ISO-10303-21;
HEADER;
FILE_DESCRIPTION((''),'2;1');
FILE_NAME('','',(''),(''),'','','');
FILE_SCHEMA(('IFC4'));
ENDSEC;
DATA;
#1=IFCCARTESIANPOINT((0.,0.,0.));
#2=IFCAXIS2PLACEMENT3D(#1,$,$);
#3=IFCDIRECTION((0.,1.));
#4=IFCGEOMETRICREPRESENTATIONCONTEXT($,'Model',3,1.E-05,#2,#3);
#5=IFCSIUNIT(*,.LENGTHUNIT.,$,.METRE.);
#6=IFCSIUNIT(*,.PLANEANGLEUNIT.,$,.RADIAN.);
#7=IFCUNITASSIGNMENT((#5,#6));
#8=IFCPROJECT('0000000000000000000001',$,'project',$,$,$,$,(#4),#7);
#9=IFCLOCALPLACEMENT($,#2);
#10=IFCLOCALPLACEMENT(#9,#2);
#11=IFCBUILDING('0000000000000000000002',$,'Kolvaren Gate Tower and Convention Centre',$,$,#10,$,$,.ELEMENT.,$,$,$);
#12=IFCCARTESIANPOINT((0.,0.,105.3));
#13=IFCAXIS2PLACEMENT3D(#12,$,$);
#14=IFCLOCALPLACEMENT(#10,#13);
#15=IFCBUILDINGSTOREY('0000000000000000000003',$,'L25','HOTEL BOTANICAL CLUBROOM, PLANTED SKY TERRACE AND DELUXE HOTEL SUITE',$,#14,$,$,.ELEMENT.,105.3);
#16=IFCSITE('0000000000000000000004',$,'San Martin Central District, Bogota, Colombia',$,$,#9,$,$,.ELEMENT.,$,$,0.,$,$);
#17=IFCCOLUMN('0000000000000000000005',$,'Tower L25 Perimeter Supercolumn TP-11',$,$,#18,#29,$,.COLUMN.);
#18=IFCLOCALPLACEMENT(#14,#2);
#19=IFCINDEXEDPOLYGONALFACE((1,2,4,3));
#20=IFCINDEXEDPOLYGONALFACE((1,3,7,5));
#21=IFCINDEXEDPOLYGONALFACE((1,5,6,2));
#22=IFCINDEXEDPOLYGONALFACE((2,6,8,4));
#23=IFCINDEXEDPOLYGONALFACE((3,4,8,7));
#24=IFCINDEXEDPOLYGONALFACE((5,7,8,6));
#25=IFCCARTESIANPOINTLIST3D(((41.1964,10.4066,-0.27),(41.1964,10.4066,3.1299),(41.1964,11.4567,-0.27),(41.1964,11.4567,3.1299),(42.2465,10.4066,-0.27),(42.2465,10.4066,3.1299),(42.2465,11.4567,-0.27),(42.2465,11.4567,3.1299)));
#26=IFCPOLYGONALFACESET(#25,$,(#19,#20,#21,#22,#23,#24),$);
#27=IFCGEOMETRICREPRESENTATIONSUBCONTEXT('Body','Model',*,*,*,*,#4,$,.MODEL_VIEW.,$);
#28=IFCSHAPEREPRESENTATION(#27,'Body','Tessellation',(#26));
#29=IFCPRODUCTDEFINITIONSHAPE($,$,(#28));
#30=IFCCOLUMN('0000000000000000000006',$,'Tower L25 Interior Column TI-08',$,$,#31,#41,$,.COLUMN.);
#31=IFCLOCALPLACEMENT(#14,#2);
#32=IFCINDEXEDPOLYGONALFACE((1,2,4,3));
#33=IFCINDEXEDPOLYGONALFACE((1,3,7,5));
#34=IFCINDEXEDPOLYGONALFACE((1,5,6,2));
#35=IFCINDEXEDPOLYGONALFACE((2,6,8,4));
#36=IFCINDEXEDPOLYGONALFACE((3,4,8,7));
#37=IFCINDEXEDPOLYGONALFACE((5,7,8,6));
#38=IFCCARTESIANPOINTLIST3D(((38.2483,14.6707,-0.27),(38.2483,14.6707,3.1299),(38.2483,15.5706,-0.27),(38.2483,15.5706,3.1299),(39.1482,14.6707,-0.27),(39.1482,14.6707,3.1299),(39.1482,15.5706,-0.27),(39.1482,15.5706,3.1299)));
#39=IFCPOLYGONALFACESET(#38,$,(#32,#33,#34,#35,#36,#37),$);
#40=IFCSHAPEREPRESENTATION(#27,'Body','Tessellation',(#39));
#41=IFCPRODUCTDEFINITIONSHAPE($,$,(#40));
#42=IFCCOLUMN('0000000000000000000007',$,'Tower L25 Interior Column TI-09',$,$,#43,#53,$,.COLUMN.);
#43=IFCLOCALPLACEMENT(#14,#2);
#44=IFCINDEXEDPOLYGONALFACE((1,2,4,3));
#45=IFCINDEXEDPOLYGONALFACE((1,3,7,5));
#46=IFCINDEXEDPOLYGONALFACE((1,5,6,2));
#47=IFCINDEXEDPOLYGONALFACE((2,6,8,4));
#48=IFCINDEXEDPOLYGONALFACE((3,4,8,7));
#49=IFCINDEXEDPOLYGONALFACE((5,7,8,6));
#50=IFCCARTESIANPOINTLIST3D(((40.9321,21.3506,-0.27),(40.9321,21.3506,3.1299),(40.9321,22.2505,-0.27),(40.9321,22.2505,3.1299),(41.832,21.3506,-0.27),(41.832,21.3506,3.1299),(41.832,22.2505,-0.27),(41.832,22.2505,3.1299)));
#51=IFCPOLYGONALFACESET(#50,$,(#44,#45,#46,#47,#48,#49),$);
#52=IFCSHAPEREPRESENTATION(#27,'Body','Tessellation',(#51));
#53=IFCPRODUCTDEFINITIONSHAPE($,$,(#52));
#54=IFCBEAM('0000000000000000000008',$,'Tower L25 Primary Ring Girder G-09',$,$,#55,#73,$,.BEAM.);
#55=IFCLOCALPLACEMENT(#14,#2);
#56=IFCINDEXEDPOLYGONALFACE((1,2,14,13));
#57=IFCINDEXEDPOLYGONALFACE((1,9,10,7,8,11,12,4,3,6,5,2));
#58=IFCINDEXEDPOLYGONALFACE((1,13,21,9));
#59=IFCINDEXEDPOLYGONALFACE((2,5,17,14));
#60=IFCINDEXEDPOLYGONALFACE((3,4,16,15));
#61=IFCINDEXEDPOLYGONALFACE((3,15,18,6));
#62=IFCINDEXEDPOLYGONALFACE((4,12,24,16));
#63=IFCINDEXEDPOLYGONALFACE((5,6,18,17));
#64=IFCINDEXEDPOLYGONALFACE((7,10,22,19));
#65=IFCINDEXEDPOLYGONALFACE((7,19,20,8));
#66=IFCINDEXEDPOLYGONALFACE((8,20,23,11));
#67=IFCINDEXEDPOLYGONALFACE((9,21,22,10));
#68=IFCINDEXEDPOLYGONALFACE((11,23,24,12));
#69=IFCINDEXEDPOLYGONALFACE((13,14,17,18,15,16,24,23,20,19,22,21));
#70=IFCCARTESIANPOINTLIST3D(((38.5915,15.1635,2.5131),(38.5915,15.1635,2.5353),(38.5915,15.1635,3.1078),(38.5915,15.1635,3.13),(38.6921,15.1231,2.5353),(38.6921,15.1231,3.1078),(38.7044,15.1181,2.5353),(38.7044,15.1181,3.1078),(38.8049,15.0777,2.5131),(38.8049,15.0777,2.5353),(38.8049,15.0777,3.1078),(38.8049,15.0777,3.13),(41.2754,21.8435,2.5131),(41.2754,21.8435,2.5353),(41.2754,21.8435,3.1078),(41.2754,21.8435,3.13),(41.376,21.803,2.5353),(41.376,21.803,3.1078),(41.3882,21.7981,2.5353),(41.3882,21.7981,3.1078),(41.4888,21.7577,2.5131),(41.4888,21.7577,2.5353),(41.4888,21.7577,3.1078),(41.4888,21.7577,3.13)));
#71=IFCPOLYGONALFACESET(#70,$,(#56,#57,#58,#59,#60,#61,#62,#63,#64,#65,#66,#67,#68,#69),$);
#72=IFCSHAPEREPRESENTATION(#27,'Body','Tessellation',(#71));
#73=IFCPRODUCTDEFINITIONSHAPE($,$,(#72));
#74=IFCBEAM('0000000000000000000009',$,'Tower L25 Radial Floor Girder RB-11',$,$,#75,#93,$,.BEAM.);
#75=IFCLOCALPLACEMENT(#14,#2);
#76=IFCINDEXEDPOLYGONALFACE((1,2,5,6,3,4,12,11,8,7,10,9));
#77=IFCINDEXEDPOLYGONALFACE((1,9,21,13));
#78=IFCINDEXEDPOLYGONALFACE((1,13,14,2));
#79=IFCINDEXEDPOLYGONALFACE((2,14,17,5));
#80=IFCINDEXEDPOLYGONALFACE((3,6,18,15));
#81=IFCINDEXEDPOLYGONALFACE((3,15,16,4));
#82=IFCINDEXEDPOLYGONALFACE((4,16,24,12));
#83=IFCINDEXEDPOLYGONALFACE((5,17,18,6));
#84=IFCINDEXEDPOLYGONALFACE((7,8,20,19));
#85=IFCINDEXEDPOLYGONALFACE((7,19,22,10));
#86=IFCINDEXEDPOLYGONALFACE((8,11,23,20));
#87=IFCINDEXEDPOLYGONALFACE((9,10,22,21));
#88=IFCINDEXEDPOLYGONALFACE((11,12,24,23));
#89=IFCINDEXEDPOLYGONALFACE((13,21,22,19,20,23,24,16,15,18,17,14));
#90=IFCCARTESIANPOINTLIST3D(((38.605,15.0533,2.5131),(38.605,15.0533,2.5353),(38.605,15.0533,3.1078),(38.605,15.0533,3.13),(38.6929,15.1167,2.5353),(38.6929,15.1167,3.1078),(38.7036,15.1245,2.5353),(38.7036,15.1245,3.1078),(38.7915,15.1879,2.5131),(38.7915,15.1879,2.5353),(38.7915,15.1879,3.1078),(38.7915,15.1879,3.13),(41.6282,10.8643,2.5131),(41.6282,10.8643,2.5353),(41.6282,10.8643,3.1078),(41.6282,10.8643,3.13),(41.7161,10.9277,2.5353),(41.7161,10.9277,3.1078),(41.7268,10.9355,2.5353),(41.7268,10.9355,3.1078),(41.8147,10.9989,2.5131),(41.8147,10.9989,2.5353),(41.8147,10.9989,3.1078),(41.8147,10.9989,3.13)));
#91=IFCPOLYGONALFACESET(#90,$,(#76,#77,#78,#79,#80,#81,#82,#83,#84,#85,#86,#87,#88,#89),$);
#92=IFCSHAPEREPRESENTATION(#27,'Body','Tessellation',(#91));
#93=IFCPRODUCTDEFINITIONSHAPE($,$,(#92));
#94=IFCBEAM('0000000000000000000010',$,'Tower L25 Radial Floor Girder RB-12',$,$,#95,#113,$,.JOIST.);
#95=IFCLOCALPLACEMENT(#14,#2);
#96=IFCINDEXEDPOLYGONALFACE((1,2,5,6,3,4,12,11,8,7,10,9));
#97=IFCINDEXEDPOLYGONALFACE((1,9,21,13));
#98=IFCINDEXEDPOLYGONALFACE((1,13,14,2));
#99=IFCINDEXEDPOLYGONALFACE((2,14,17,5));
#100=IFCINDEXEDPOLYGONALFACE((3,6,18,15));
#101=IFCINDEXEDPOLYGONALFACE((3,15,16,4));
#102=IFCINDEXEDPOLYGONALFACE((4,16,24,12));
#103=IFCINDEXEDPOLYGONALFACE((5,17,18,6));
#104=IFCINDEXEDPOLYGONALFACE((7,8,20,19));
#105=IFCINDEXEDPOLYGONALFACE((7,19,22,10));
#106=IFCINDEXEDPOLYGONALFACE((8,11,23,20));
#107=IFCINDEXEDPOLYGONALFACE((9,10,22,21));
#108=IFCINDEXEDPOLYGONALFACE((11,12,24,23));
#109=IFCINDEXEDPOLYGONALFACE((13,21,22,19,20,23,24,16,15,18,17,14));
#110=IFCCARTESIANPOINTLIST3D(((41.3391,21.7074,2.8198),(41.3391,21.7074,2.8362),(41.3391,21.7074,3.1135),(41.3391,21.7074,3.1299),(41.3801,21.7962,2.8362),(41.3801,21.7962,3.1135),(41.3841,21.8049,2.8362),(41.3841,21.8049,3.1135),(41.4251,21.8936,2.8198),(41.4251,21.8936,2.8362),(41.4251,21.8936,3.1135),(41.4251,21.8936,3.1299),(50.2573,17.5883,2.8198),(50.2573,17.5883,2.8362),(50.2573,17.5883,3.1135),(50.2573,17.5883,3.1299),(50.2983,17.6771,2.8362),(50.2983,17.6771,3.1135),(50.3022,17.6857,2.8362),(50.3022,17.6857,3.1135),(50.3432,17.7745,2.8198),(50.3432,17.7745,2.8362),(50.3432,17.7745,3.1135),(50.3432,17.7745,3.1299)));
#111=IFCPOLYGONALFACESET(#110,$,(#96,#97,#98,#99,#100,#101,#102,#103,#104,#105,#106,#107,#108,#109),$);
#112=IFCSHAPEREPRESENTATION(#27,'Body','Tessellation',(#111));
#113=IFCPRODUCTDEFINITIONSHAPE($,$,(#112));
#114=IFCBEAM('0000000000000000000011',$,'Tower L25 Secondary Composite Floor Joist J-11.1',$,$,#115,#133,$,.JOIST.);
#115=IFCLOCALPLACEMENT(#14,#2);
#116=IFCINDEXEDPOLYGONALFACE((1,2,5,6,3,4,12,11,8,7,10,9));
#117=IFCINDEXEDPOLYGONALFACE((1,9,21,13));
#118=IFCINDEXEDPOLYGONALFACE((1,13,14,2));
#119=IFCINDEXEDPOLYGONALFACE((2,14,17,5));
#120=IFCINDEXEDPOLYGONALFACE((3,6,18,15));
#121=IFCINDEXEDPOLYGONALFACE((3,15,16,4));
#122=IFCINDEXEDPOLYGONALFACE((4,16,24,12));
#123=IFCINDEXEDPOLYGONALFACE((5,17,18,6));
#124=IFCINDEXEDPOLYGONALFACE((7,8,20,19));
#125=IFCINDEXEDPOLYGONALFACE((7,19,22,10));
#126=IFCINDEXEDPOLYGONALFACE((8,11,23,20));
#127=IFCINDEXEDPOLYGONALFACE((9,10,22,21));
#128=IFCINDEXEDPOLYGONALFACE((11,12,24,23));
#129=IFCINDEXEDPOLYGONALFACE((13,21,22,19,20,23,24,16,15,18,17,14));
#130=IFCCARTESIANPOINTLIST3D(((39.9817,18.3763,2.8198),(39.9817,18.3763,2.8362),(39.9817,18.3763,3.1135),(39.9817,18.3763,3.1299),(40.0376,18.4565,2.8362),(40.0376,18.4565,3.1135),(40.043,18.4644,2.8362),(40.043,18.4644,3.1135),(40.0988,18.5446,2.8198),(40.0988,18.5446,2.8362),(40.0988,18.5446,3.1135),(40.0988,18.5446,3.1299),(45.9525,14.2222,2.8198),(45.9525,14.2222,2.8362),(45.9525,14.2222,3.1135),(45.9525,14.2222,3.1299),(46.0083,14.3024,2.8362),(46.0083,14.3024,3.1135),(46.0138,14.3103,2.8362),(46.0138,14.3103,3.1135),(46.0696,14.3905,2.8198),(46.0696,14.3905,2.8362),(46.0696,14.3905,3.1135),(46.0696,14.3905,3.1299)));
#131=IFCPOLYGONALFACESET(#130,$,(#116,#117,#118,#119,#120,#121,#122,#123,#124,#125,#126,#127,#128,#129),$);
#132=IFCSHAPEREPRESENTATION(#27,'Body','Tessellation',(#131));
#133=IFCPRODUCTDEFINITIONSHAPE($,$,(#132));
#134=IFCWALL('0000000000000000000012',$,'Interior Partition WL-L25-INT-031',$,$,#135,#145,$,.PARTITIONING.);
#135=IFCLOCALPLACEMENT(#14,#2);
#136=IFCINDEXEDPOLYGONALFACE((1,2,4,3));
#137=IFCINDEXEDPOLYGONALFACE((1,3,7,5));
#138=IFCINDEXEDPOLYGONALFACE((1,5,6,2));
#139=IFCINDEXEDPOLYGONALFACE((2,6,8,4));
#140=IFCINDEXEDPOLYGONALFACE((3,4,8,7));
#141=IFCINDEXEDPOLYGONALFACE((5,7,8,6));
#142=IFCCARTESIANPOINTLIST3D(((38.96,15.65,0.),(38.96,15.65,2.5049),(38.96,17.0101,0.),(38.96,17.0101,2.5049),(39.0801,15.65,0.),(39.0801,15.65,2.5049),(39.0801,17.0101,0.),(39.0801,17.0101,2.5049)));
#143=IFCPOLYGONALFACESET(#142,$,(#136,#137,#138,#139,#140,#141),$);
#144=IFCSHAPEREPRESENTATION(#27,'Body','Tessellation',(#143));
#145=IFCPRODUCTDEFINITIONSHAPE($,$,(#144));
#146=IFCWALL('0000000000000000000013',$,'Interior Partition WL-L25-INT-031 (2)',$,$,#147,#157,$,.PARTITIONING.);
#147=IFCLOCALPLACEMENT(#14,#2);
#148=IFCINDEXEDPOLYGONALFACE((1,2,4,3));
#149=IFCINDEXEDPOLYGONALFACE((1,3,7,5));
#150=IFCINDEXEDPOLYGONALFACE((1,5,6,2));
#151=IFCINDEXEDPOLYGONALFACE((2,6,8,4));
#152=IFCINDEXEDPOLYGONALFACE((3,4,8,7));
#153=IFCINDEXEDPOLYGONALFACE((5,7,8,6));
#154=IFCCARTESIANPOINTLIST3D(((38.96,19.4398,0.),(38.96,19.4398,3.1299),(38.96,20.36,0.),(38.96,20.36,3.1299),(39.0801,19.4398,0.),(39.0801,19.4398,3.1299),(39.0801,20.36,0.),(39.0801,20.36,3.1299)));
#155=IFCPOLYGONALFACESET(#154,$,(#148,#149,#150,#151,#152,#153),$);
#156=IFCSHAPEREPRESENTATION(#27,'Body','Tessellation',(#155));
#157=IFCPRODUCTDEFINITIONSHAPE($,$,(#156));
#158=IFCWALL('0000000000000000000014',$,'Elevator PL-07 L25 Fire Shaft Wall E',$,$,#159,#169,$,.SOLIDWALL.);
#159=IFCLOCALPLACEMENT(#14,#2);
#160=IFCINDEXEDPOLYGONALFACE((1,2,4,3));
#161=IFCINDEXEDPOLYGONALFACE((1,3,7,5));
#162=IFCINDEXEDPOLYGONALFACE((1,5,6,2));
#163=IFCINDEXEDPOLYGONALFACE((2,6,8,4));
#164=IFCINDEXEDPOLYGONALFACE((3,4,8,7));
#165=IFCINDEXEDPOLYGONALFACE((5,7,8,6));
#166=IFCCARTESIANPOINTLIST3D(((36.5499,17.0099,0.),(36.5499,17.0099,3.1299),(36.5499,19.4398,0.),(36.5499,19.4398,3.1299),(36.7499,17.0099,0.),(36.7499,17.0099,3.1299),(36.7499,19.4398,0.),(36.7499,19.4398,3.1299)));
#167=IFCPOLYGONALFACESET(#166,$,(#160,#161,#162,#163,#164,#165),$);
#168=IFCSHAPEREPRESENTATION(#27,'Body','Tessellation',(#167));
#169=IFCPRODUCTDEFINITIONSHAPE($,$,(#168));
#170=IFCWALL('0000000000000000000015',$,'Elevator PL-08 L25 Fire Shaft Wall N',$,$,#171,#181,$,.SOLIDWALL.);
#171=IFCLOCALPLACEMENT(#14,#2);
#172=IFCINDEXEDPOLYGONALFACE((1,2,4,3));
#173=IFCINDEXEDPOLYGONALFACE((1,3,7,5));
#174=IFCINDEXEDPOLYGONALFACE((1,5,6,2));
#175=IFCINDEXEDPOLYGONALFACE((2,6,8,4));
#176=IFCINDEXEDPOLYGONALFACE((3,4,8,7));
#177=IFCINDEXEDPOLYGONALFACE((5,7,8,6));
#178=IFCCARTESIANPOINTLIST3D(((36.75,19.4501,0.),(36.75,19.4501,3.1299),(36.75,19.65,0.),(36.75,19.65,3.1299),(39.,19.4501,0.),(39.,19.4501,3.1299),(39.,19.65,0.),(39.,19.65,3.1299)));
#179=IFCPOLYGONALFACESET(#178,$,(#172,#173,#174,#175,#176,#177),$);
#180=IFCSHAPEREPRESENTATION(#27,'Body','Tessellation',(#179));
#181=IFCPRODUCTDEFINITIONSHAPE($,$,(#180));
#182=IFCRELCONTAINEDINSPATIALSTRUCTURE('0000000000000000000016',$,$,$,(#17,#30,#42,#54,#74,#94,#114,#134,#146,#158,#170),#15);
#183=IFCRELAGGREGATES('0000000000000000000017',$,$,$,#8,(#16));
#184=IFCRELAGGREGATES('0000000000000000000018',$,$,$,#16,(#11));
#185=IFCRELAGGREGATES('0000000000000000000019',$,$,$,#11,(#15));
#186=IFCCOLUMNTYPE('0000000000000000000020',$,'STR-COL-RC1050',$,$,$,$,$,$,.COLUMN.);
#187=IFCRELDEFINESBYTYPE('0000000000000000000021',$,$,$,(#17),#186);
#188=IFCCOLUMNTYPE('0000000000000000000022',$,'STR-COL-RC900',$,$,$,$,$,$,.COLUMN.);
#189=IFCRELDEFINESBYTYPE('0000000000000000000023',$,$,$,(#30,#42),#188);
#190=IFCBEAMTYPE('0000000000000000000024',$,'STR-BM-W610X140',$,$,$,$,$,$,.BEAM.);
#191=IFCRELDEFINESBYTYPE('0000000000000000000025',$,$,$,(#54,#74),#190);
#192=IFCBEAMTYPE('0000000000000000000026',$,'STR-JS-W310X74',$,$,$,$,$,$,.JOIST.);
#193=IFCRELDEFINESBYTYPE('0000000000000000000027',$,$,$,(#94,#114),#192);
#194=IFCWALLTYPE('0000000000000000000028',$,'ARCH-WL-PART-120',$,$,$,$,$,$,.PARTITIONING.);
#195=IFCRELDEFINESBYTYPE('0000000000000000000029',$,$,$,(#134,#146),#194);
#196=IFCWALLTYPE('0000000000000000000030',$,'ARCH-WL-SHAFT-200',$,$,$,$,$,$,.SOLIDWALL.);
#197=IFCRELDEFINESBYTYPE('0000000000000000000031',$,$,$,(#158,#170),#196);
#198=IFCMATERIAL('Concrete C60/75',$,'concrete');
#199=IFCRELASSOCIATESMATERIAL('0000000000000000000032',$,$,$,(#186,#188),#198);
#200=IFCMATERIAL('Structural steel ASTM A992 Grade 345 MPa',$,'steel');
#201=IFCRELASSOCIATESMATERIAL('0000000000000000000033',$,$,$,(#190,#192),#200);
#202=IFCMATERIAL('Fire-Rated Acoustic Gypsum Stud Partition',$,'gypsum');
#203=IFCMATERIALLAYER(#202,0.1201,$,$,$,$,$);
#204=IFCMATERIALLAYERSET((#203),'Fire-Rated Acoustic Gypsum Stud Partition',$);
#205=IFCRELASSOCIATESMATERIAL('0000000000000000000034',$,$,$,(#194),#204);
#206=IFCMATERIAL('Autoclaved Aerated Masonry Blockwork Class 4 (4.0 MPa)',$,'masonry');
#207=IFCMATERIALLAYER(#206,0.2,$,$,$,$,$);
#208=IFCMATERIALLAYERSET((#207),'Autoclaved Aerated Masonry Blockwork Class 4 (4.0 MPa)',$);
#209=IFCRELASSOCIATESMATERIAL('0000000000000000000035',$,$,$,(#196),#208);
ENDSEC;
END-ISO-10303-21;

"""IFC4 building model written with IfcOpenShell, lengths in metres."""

from ifc_helpers import new_model, si_unit, direction, frame, frame_2d, origin, origin_2d, place, context, subcontext, project, spatial, rectangle, i_section, extrude, material, layer, layer_set, material_profile, profile_set, type_object, element, save


model = new_model("IFC4")

# Units and contexts
model_context = context("Model", 3, precision=1e-05, world=origin(), true_north=direction((0.0, 1.0)))
body_context = subcontext(model_context, "Body", "Model", "MODEL_VIEW")
ifc_project = project(units=[si_unit("LENGTHUNIT", "METRE"), si_unit("PLANEANGLEUNIT", "RADIAN")], contexts=[model_context])

# Site, building, storey
site_placement = place(None, origin())
site = spatial("IfcSite", under=ifc_project, at=site_placement, Name="San Martin Central District, Bogota, Colombia", CompositionType="ELEMENT", RefElevation=0.0)
building_placement = place(site_placement, origin())
building = spatial("IfcBuilding", under=site, at=building_placement, Name="Kolvaren Gate Tower and Convention Centre", CompositionType="ELEMENT")
storey_placement = place(building_placement, frame((0.0, 0.0, 105.3)))
storey = spatial("IfcBuildingStorey", under=building, at=storey_placement, Name="L25", Description="HOTEL BOTANICAL CLUBROOM, PLANTED SKY TERRACE AND DELUXE HOTEL SUITE", CompositionType="ELEMENT", Elevation=105.3)

# Columns
ifc_material_1 = material(Name="Concrete C60/75", Category="concrete")
ifc_material_profile_1 = material_profile(ifc_material_1, rectangle(XDim=1.05, YDim=1.05, at=origin_2d()), Name="RC-COL-1050X1050")
ifc_profile_set_1 = profile_set([ifc_material_profile_1], Name="Concrete C60/75")
column_type_1 = type_object("IfcColumnType", Name="STR-COL-RC1050", PredefinedType="COLUMN", material=ifc_profile_set_1)
column_placement = place(storey_placement, frame((41.7214, 10.9316, -0.27), z_axis=(0.0, 0.0, 1.0), x_axis=(1.0, 0.0, 0.0)))
element("IfcColumn", 1, at=column_placement, inside=storey, type_object=column_type_1, Name="Tower L25 Perimeter Supercolumn TP-11", PredefinedType="COLUMN", context=body_context, shape_type="SweptSolid", body=[
    extrude(rectangle(XDim=1.05, YDim=1.05, at=origin_2d()), origin(), (0.0, 0.0, 1.0), 3.3999),
])
ifc_material_profile_2 = material_profile(ifc_material_1, rectangle(XDim=0.8999, YDim=0.8999, at=origin_2d()), Name="RC-COL-900X900")
ifc_profile_set_2 = profile_set([ifc_material_profile_2], Name="Concrete C60/75")
column_type_2 = type_object("IfcColumnType", Name="STR-COL-RC900", PredefinedType="COLUMN", material=ifc_profile_set_2)
for number, where, z_axis, x_axis, name in (
    (2, (38.6982, 15.1206, -0.27), (0.0, 0.0, 1.0), (1.0, 0.0, 0.0), "Tower L25 Interior Column TI-08"),
    (3, (41.3821, 21.8005, -0.27), (0.0, 0.0, 1.0), (1.0, 0.0, 0.0), "Tower L25 Interior Column TI-09"),
):
    element("IfcColumn", number, at=place(storey_placement, frame(where, z_axis=z_axis, x_axis=x_axis)), inside=storey, type_object=column_type_2, Name=name, PredefinedType="COLUMN", context=body_context, shape_type="SweptSolid", body=[
        extrude(rectangle(XDim=0.8999, YDim=0.8999, at=origin_2d()), origin(), (0.0, 0.0, 1.0), 3.3999),
    ])

# Beams
ifc_material_2 = material(Name="Structural steel ASTM A992 Grade 345 MPa", Category="steel")
ifc_material_profile_3 = material_profile(ifc_material_2, i_section(OverallWidth=0.23, OverallDepth=0.6169, WebThickness=0.0132, FlangeThickness=0.0222, at=origin_2d()), Name="W610X140")
ifc_profile_set_3 = profile_set([ifc_material_profile_3], Name="Structural steel ASTM A992 Grade 345 MPa")
beam_type_1 = type_object("IfcBeamType", Name="STR-BM-W610X140", PredefinedType="BEAM", material=ifc_profile_set_3)
beam_1_placement = place(storey_placement, frame((38.6982, 15.1206, 2.8215), z_axis=(0.372811, 0.927907, 0.0), x_axis=(-0.927907, 0.372811, 0.0)))
element("IfcBeam", 4, at=beam_1_placement, inside=storey, type_object=beam_type_1, Name="Tower L25 Primary Ring Girder G-09", PredefinedType="BEAM", context=body_context, shape_type="SweptSolid", body=[
    extrude(i_section(OverallWidth=0.23, OverallDepth=0.6169, WebThickness=0.0132, FlangeThickness=0.0222, at=origin_2d()), origin(), (0.0, 0.0, 1.0), 7.199),
])
beam_2_placement = place(storey_placement, frame((38.6982, 15.1206, 2.8215), z_axis=(0.585214, -0.810879, 0.0), x_axis=(0.810879, 0.585214, 0.0)))
element("IfcBeam", 5, at=beam_2_placement, inside=storey, type_object=beam_type_1, Name="Tower L25 Radial Floor Girder RB-11", PredefinedType="BEAM", context=body_context, shape_type="SweptSolid", body=[
    extrude(i_section(OverallWidth=0.23, OverallDepth=0.6169, WebThickness=0.0132, FlangeThickness=0.0222, at=origin_2d()), origin(), (0.0, 0.0, 1.0), 5.166),
])
ifc_material_profile_4 = material_profile(ifc_material_2, i_section(OverallWidth=0.2051, OverallDepth=0.3101, WebThickness=0.0095, FlangeThickness=0.0164, at=origin_2d()), Name="W310X74")
ifc_profile_set_4 = profile_set([ifc_material_profile_4], Name="Structural steel ASTM A992 Grade 345 MPa")
beam_type_2 = type_object("IfcBeamType", Name="STR-JS-W310X74", PredefinedType="JOIST", material=ifc_profile_set_4)
beam_3_placement = place(storey_placement, frame((41.3821, 21.8005, 2.9749), z_axis=(0.907842, -0.419313, 0.0), x_axis=(0.419313, 0.907842, 0.0)))
element("IfcBeam", 6, at=beam_3_placement, inside=storey, type_object=beam_type_2, Name="Tower L25 Radial Floor Girder RB-12", PredefinedType="JOIST", context=body_context, shape_type="SweptSolid", body=[
    extrude(i_section(OverallWidth=0.2051, OverallDepth=0.3101, WebThickness=0.0095, FlangeThickness=0.0164, at=origin_2d()), origin(), (0.0, 0.0, 1.0), 9.8235),
])
beam_4_placement = place(storey_placement, frame((40.0403, 18.4604, 2.9749), z_axis=(0.820872, -0.571113, 0.0), x_axis=(0.571113, 0.820872, 0.0)))
element("IfcBeam", 7, at=beam_4_placement, inside=storey, type_object=beam_type_2, Name="Tower L25 Secondary Composite Floor Joist J-11.1", PredefinedType="JOIST", context=body_context, shape_type="SweptSolid", body=[
    extrude(i_section(OverallWidth=0.2051, OverallDepth=0.3101, WebThickness=0.0095, FlangeThickness=0.0164, at=origin_2d()), origin(), (0.0, 0.0, 1.0), 7.2737),
])

# Walls
ifc_material_3 = material(Name="Fire-Rated Acoustic Gypsum Stud Partition", Category="gypsum")
ifc_layer_1 = layer(ifc_material_3, 0.1201)
ifc_layer_set_1 = layer_set([ifc_layer_1], Name="Fire-Rated Acoustic Gypsum Stud Partition")
wall_type_1 = type_object("IfcWallType", Name="ARCH-WL-PART-120", PredefinedType="PARTITIONING", material=ifc_layer_set_1)
wall_1_placement = place(storey_placement, frame((39.02, 15.6499, 0.0), z_axis=(0.0, 0.0, 1.0), x_axis=(0.0, 1.0, 0.0)))
element("IfcWall", 8, at=wall_1_placement, inside=storey, type_object=wall_type_1, Name="Interior Partition WL-L25-INT-031", PredefinedType="PARTITIONING", context=body_context, shape_type="SweptSolid", body=[
    extrude(rectangle(XDim=1.3601, YDim=0.1201, at=frame_2d((0.6802, 0.0))), origin(), (0.0, 0.0, 1.0), 2.5049),
])
wall_2_placement = place(storey_placement, frame((39.02, 19.4399, 0.0), z_axis=(0.0, 0.0, 1.0), x_axis=(0.0, 1.0, 0.0)))
element("IfcWall", 9, at=wall_2_placement, inside=storey, type_object=wall_type_1, Name="Interior Partition WL-L25-INT-031 (2)", PredefinedType="PARTITIONING", context=body_context, shape_type="SweptSolid", body=[
    extrude(rectangle(XDim=0.9202, YDim=0.1201, at=frame_2d((0.46, 0.0))), origin(), (0.0, 0.0, 1.0), 3.1299),
])
ifc_material_4 = material(Name="Autoclaved Aerated Masonry Blockwork Class 4 (4.0 MPa)", Category="masonry")
ifc_layer_2 = layer(ifc_material_4, 0.2)
ifc_layer_set_2 = layer_set([ifc_layer_2], Name="Autoclaved Aerated Masonry Blockwork Class 4 (4.0 MPa)")
wall_type_2 = type_object("IfcWallType", Name="ARCH-WL-SHAFT-200", PredefinedType="SOLIDWALL", material=ifc_layer_set_2)
wall_3_placement = place(storey_placement, frame((36.6499, 17.01, 0.0), z_axis=(0.0, 0.0, 1.0), x_axis=(0.0, 1.0, 0.0)))
element("IfcWall", 10, at=wall_3_placement, inside=storey, type_object=wall_type_2, Name="Elevator PL-07 L25 Fire Shaft Wall E", PredefinedType="SOLIDWALL", context=body_context, shape_type="SweptSolid", body=[
    extrude(rectangle(XDim=2.4299, YDim=0.2, at=frame_2d((1.2148, 0.0))), origin(), (0.0, 0.0, 1.0), 3.1299),
])
wall_4_placement = place(storey_placement, frame((36.75, 19.55, 0.0), z_axis=(0.0, 0.0, 1.0), x_axis=(1.0, 0.0, 0.0)))
element("IfcWall", 11, at=wall_4_placement, inside=storey, type_object=wall_type_2, Name="Elevator PL-08 L25 Fire Shaft Wall N", PredefinedType="SOLIDWALL", context=body_context, shape_type="SweptSolid", body=[
    extrude(rectangle(XDim=2.25, YDim=0.2, at=frame_2d((1.125, 0.0))), origin(), (0.0, 0.0, 1.0), 3.1299),
])

save(model, "model.ifc")
